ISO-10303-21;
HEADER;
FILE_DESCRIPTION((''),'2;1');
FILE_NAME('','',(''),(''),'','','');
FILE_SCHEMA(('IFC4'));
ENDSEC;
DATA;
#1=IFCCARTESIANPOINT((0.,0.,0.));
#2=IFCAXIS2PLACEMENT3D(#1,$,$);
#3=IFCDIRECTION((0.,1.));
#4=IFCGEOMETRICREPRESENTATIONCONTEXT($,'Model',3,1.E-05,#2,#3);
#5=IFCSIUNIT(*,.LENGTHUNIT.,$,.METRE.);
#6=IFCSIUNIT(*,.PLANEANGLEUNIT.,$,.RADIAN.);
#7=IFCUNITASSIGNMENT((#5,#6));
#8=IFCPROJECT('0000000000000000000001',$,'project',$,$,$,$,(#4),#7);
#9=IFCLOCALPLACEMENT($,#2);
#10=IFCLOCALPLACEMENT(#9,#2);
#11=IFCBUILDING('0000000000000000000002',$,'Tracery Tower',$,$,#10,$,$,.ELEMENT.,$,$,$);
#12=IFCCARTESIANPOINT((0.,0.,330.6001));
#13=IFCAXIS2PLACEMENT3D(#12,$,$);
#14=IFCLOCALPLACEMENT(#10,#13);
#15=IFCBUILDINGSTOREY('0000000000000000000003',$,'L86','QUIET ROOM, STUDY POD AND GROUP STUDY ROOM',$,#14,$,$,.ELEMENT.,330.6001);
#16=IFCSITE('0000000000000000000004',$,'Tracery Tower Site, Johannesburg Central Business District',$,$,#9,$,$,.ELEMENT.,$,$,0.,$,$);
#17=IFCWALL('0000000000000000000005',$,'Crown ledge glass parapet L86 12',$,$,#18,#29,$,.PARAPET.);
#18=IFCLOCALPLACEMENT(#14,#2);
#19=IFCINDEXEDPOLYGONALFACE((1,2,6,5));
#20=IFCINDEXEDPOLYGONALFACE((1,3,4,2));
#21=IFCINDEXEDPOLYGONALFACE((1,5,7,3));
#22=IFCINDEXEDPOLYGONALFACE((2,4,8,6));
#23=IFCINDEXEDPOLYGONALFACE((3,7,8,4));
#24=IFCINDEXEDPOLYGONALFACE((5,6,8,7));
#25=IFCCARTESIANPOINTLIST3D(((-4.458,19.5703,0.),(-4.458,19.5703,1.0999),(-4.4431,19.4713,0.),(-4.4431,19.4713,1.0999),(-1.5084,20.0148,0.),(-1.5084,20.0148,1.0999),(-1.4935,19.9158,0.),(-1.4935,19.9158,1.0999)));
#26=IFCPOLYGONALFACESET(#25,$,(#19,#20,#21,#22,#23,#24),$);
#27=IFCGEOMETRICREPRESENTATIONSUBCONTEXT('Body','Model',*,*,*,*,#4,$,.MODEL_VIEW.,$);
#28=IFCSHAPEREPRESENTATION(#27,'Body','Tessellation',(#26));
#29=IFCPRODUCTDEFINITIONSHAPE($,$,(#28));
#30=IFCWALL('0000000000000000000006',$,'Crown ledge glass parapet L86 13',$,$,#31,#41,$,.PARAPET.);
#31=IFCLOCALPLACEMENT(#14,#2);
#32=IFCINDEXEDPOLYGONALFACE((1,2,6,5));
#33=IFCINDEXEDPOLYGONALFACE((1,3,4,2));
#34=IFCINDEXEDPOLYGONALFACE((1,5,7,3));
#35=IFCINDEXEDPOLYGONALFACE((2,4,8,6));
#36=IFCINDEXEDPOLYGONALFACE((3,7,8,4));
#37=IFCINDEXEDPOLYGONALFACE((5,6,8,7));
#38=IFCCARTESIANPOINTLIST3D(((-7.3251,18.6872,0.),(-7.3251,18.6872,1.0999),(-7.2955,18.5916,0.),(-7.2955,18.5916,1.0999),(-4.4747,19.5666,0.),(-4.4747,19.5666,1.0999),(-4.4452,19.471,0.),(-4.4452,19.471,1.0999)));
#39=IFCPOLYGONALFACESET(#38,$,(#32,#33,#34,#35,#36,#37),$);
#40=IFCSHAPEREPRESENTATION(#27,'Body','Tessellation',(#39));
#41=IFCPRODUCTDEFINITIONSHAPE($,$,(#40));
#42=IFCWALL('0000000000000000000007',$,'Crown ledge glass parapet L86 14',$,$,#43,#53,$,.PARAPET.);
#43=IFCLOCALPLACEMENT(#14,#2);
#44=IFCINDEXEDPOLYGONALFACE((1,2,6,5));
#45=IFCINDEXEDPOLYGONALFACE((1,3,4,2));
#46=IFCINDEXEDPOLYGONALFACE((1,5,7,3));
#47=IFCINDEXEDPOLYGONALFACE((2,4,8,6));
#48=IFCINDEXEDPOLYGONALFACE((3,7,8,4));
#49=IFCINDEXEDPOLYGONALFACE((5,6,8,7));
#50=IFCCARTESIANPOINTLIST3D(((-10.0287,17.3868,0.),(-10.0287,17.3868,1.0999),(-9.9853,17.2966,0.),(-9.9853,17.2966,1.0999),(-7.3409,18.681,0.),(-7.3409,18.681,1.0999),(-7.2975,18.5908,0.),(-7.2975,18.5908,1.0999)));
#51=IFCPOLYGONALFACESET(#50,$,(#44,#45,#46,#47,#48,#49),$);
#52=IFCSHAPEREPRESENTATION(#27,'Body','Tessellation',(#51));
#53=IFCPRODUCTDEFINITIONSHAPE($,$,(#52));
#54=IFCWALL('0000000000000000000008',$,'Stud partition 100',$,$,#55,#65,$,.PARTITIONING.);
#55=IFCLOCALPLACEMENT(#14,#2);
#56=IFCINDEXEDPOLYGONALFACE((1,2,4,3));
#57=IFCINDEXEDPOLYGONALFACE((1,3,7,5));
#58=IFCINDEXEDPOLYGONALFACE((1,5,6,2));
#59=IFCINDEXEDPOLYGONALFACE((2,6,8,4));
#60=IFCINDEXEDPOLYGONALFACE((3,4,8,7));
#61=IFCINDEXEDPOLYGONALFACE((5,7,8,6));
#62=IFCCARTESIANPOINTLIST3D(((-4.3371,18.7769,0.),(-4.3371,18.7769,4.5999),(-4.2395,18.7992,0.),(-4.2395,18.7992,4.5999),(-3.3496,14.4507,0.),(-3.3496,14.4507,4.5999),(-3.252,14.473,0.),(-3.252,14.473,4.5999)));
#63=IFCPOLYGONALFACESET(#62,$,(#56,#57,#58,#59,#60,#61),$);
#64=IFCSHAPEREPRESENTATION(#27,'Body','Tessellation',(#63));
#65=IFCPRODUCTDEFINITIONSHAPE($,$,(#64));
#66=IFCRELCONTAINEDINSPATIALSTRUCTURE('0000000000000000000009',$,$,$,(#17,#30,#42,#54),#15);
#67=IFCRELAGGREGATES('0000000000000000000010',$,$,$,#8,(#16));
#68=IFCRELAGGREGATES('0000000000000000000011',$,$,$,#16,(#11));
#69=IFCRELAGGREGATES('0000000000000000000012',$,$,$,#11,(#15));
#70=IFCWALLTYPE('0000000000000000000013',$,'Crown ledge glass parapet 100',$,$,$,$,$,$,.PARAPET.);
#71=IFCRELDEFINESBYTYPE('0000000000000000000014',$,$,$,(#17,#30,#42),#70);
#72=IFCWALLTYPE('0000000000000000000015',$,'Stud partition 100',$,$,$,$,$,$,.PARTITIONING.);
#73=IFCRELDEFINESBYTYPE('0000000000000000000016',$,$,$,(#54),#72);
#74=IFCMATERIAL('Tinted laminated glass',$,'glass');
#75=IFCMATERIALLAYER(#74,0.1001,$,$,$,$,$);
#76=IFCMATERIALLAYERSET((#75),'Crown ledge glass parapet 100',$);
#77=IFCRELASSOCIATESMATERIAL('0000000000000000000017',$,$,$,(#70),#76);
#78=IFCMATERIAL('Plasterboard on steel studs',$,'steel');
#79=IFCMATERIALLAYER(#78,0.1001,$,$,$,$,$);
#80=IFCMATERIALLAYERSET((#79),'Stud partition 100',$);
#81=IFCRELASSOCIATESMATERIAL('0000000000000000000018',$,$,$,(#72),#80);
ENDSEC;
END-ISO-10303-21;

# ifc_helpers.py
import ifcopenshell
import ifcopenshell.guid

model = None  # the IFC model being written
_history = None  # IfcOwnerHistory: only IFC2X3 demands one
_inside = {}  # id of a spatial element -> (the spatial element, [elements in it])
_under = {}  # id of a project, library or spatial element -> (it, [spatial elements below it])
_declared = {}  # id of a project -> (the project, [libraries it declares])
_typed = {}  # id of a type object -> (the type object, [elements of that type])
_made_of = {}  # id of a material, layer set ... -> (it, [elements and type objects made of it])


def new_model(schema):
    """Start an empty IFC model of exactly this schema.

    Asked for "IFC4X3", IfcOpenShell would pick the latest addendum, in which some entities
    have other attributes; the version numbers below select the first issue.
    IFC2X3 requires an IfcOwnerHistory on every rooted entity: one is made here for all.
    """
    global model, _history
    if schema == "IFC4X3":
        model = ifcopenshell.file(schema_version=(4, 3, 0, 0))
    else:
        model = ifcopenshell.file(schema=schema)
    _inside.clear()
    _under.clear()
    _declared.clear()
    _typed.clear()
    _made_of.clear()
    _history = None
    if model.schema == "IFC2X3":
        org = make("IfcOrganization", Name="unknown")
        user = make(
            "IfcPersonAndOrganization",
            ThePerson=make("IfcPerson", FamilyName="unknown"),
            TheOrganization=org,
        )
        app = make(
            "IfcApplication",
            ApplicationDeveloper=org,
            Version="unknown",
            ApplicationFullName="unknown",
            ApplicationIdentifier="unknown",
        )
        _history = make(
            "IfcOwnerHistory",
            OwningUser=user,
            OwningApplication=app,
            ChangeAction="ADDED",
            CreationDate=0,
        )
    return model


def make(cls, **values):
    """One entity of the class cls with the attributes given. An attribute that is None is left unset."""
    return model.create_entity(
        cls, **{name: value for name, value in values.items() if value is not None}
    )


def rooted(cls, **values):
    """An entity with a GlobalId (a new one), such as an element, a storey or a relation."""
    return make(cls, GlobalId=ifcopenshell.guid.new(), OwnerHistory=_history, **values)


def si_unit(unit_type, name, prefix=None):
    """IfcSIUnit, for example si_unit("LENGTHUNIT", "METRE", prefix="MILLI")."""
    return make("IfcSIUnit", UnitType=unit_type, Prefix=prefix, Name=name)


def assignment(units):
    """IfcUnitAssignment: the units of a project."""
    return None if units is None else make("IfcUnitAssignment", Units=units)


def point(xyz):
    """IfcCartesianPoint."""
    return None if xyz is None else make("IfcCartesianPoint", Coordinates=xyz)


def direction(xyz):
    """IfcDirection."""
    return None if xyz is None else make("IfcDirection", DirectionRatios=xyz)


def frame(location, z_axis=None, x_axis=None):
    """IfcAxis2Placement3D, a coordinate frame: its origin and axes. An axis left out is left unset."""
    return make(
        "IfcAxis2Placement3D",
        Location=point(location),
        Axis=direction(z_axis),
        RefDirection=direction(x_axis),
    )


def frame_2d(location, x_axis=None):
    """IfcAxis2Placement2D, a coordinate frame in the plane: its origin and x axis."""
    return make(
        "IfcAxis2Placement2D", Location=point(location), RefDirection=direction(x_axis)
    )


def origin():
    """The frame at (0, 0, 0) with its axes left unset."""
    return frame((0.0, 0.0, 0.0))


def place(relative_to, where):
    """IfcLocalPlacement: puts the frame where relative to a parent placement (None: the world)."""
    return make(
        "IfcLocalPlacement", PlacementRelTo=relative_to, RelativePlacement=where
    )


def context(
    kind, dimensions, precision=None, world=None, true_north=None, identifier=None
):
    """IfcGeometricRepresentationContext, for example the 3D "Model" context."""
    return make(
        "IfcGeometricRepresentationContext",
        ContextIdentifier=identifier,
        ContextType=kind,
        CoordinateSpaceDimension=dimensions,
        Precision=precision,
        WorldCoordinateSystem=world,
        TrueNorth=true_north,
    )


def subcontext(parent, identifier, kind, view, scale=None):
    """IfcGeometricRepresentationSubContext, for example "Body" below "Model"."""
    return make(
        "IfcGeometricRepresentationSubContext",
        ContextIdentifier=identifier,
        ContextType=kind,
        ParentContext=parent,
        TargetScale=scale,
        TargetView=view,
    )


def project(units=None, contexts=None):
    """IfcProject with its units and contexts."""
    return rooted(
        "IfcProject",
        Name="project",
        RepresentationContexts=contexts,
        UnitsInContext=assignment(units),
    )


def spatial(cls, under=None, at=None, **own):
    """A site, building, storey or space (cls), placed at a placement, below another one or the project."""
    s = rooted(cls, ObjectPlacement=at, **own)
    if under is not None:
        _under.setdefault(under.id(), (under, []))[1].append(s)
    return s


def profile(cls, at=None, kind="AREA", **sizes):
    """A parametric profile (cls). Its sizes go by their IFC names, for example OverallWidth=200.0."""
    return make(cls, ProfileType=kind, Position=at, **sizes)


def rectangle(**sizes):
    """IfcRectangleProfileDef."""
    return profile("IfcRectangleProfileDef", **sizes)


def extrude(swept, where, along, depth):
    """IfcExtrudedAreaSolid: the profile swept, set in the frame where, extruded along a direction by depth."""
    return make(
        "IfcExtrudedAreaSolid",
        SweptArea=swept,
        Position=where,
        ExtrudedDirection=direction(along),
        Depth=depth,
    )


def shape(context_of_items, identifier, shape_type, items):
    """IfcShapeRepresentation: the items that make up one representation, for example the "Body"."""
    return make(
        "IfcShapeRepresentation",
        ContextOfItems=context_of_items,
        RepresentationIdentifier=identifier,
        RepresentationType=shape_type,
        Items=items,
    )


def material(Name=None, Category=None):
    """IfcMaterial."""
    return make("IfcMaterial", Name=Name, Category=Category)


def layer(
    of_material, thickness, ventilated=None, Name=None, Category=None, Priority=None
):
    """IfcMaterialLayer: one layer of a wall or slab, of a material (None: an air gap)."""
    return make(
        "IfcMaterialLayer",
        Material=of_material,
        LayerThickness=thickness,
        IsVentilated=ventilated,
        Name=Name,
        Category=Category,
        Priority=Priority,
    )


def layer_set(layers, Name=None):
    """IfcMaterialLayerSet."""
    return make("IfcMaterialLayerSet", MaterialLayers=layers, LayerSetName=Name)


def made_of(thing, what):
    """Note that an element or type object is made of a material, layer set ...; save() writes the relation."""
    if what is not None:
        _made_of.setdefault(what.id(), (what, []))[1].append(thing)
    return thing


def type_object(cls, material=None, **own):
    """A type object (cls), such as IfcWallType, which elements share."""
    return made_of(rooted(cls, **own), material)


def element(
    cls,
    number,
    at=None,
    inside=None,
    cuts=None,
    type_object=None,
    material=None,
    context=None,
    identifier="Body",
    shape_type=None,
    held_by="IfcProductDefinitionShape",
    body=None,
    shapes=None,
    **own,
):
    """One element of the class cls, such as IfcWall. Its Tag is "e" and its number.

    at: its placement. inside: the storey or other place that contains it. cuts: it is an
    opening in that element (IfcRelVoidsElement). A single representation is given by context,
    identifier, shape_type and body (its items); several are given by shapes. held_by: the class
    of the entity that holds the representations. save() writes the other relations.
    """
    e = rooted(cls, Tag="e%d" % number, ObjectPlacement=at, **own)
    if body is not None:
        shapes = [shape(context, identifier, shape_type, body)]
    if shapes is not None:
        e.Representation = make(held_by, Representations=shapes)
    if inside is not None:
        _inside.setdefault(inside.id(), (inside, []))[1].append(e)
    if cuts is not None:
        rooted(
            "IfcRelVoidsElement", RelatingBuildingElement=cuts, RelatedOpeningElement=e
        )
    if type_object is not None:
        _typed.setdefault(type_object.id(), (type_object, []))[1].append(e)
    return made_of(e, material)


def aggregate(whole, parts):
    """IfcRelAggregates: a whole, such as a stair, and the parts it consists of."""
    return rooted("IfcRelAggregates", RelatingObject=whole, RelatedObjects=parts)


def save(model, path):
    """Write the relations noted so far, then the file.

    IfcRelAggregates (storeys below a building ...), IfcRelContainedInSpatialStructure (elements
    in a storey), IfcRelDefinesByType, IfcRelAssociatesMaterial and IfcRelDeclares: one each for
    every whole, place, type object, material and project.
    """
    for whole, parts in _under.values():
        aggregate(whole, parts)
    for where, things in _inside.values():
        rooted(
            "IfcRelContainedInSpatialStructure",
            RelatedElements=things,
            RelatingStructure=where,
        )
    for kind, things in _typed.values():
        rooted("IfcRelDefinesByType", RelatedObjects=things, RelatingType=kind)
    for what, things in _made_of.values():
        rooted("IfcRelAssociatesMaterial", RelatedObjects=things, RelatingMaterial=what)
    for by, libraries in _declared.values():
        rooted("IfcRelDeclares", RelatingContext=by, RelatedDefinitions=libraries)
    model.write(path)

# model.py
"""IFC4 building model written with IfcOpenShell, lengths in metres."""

from ifc_helpers import new_model, si_unit, direction, frame, frame_2d, origin, place, context, subcontext, project, spatial, rectangle, extrude, material, layer, layer_set, type_object, element, save


model = new_model("IFC4")

# Units and contexts
model_context = context("Model", 3, precision=1e-05, world=origin(), true_north=direction((0.0, 1.0)))
body_context = subcontext(model_context, "Body", "Model", "MODEL_VIEW")
ifc_project = project(units=[si_unit("LENGTHUNIT", "METRE"), si_unit("PLANEANGLEUNIT", "RADIAN")], contexts=[model_context])

# Site, building, storey
site_placement = place(None, origin())
site = spatial("IfcSite", under=ifc_project, at=site_placement, Name="Tracery Tower Site, Johannesburg Central Business District", CompositionType="ELEMENT", RefElevation=0.0)
building_placement = place(site_placement, origin())
building = spatial("IfcBuilding", under=site, at=building_placement, Name="Tracery Tower", CompositionType="ELEMENT")
storey_placement = place(building_placement, frame((0.0, 0.0, 330.6001)))
storey = spatial("IfcBuildingStorey", under=building, at=storey_placement, Name="L86", Description="QUIET ROOM, STUDY POD AND GROUP STUDY ROOM", CompositionType="ELEMENT", Elevation=330.6001)

# Walls
ifc_material_1 = material(Name="Tinted laminated glass", Category="glass")
ifc_layer_1 = layer(ifc_material_1, 0.1001)
ifc_layer_set_1 = layer_set([ifc_layer_1], Name="Crown ledge glass parapet 100")
wall_type_1 = type_object("IfcWallType", Name="Crown ledge glass parapet 100", PredefinedType="PARAPET", material=ifc_layer_set_1)
for number, where, z_axis, x_axis, name in (
    (1, (-1.501, 19.9653, 0.0), (0.0, 0.0, 1.0), (-0.988832, -0.149037, 0.0), "Crown ledge glass parapet L86 12"),
    (2, (-4.46, 19.5188, 0.0), (0.0, 0.0, 1.0), (-0.955556, -0.29481, 0.0), "Crown ledge glass parapet L86 13"),
):
    element("IfcWall", number, at=place(storey_placement, frame(where, z_axis=z_axis, x_axis=x_axis)), inside=storey, type_object=wall_type_1, Name=name, PredefinedType="PARAPET", context=body_context, shape_type="SweptSolid", body=[
        extrude(rectangle(XDim=2.9829, YDim=0.1001, at=frame_2d((1.4915, 0.0))), origin(), (0.0, 0.0, 1.0), 1.0999),
    ])
wall_1_placement = place(storey_placement, frame((-7.3191, 18.636, 0.0), z_axis=(0.0, 0.0, 1.0), x_axis=(-0.90099, -0.43384, 0.0)))
element("IfcWall", 3, at=wall_1_placement, inside=storey, type_object=wall_type_1, Name="Crown ledge glass parapet L86 14", PredefinedType="PARAPET", context=body_context, shape_type="SweptSolid", body=[
    extrude(rectangle(XDim=2.9832, YDim=0.1001, at=frame_2d((1.4917, 0.0))), origin(), (0.0, 0.0, 1.0), 1.0999),
])
ifc_material_2 = material(Name="Plasterboard on steel studs", Category="steel")
ifc_layer_2 = layer(ifc_material_2, 0.1001)
ifc_layer_set_2 = layer_set([ifc_layer_2], Name="Stud partition 100")
wall_type_2 = type_object("IfcWallType", Name="Stud partition 100", PredefinedType="PARTITIONING", material=ifc_layer_set_2)
wall_2_placement = place(storey_placement, frame((-4.2883, 18.7881, 0.0), z_axis=(0.0, 0.0, 1.0), x_axis=(0.222548, -0.974922, 0.0)))
element("IfcWall", 4, at=wall_2_placement, inside=storey, type_object=wall_type_2, Name="Stud partition 100", PredefinedType="PARTITIONING", context=body_context, shape_type="SweptSolid", body=[
    extrude(rectangle(XDim=4.4375, YDim=0.1001, at=frame_2d((2.2188, 0.0))), origin(), (0.0, 0.0, 1.0), 4.5999),
])

save(model, "model.ifc")
